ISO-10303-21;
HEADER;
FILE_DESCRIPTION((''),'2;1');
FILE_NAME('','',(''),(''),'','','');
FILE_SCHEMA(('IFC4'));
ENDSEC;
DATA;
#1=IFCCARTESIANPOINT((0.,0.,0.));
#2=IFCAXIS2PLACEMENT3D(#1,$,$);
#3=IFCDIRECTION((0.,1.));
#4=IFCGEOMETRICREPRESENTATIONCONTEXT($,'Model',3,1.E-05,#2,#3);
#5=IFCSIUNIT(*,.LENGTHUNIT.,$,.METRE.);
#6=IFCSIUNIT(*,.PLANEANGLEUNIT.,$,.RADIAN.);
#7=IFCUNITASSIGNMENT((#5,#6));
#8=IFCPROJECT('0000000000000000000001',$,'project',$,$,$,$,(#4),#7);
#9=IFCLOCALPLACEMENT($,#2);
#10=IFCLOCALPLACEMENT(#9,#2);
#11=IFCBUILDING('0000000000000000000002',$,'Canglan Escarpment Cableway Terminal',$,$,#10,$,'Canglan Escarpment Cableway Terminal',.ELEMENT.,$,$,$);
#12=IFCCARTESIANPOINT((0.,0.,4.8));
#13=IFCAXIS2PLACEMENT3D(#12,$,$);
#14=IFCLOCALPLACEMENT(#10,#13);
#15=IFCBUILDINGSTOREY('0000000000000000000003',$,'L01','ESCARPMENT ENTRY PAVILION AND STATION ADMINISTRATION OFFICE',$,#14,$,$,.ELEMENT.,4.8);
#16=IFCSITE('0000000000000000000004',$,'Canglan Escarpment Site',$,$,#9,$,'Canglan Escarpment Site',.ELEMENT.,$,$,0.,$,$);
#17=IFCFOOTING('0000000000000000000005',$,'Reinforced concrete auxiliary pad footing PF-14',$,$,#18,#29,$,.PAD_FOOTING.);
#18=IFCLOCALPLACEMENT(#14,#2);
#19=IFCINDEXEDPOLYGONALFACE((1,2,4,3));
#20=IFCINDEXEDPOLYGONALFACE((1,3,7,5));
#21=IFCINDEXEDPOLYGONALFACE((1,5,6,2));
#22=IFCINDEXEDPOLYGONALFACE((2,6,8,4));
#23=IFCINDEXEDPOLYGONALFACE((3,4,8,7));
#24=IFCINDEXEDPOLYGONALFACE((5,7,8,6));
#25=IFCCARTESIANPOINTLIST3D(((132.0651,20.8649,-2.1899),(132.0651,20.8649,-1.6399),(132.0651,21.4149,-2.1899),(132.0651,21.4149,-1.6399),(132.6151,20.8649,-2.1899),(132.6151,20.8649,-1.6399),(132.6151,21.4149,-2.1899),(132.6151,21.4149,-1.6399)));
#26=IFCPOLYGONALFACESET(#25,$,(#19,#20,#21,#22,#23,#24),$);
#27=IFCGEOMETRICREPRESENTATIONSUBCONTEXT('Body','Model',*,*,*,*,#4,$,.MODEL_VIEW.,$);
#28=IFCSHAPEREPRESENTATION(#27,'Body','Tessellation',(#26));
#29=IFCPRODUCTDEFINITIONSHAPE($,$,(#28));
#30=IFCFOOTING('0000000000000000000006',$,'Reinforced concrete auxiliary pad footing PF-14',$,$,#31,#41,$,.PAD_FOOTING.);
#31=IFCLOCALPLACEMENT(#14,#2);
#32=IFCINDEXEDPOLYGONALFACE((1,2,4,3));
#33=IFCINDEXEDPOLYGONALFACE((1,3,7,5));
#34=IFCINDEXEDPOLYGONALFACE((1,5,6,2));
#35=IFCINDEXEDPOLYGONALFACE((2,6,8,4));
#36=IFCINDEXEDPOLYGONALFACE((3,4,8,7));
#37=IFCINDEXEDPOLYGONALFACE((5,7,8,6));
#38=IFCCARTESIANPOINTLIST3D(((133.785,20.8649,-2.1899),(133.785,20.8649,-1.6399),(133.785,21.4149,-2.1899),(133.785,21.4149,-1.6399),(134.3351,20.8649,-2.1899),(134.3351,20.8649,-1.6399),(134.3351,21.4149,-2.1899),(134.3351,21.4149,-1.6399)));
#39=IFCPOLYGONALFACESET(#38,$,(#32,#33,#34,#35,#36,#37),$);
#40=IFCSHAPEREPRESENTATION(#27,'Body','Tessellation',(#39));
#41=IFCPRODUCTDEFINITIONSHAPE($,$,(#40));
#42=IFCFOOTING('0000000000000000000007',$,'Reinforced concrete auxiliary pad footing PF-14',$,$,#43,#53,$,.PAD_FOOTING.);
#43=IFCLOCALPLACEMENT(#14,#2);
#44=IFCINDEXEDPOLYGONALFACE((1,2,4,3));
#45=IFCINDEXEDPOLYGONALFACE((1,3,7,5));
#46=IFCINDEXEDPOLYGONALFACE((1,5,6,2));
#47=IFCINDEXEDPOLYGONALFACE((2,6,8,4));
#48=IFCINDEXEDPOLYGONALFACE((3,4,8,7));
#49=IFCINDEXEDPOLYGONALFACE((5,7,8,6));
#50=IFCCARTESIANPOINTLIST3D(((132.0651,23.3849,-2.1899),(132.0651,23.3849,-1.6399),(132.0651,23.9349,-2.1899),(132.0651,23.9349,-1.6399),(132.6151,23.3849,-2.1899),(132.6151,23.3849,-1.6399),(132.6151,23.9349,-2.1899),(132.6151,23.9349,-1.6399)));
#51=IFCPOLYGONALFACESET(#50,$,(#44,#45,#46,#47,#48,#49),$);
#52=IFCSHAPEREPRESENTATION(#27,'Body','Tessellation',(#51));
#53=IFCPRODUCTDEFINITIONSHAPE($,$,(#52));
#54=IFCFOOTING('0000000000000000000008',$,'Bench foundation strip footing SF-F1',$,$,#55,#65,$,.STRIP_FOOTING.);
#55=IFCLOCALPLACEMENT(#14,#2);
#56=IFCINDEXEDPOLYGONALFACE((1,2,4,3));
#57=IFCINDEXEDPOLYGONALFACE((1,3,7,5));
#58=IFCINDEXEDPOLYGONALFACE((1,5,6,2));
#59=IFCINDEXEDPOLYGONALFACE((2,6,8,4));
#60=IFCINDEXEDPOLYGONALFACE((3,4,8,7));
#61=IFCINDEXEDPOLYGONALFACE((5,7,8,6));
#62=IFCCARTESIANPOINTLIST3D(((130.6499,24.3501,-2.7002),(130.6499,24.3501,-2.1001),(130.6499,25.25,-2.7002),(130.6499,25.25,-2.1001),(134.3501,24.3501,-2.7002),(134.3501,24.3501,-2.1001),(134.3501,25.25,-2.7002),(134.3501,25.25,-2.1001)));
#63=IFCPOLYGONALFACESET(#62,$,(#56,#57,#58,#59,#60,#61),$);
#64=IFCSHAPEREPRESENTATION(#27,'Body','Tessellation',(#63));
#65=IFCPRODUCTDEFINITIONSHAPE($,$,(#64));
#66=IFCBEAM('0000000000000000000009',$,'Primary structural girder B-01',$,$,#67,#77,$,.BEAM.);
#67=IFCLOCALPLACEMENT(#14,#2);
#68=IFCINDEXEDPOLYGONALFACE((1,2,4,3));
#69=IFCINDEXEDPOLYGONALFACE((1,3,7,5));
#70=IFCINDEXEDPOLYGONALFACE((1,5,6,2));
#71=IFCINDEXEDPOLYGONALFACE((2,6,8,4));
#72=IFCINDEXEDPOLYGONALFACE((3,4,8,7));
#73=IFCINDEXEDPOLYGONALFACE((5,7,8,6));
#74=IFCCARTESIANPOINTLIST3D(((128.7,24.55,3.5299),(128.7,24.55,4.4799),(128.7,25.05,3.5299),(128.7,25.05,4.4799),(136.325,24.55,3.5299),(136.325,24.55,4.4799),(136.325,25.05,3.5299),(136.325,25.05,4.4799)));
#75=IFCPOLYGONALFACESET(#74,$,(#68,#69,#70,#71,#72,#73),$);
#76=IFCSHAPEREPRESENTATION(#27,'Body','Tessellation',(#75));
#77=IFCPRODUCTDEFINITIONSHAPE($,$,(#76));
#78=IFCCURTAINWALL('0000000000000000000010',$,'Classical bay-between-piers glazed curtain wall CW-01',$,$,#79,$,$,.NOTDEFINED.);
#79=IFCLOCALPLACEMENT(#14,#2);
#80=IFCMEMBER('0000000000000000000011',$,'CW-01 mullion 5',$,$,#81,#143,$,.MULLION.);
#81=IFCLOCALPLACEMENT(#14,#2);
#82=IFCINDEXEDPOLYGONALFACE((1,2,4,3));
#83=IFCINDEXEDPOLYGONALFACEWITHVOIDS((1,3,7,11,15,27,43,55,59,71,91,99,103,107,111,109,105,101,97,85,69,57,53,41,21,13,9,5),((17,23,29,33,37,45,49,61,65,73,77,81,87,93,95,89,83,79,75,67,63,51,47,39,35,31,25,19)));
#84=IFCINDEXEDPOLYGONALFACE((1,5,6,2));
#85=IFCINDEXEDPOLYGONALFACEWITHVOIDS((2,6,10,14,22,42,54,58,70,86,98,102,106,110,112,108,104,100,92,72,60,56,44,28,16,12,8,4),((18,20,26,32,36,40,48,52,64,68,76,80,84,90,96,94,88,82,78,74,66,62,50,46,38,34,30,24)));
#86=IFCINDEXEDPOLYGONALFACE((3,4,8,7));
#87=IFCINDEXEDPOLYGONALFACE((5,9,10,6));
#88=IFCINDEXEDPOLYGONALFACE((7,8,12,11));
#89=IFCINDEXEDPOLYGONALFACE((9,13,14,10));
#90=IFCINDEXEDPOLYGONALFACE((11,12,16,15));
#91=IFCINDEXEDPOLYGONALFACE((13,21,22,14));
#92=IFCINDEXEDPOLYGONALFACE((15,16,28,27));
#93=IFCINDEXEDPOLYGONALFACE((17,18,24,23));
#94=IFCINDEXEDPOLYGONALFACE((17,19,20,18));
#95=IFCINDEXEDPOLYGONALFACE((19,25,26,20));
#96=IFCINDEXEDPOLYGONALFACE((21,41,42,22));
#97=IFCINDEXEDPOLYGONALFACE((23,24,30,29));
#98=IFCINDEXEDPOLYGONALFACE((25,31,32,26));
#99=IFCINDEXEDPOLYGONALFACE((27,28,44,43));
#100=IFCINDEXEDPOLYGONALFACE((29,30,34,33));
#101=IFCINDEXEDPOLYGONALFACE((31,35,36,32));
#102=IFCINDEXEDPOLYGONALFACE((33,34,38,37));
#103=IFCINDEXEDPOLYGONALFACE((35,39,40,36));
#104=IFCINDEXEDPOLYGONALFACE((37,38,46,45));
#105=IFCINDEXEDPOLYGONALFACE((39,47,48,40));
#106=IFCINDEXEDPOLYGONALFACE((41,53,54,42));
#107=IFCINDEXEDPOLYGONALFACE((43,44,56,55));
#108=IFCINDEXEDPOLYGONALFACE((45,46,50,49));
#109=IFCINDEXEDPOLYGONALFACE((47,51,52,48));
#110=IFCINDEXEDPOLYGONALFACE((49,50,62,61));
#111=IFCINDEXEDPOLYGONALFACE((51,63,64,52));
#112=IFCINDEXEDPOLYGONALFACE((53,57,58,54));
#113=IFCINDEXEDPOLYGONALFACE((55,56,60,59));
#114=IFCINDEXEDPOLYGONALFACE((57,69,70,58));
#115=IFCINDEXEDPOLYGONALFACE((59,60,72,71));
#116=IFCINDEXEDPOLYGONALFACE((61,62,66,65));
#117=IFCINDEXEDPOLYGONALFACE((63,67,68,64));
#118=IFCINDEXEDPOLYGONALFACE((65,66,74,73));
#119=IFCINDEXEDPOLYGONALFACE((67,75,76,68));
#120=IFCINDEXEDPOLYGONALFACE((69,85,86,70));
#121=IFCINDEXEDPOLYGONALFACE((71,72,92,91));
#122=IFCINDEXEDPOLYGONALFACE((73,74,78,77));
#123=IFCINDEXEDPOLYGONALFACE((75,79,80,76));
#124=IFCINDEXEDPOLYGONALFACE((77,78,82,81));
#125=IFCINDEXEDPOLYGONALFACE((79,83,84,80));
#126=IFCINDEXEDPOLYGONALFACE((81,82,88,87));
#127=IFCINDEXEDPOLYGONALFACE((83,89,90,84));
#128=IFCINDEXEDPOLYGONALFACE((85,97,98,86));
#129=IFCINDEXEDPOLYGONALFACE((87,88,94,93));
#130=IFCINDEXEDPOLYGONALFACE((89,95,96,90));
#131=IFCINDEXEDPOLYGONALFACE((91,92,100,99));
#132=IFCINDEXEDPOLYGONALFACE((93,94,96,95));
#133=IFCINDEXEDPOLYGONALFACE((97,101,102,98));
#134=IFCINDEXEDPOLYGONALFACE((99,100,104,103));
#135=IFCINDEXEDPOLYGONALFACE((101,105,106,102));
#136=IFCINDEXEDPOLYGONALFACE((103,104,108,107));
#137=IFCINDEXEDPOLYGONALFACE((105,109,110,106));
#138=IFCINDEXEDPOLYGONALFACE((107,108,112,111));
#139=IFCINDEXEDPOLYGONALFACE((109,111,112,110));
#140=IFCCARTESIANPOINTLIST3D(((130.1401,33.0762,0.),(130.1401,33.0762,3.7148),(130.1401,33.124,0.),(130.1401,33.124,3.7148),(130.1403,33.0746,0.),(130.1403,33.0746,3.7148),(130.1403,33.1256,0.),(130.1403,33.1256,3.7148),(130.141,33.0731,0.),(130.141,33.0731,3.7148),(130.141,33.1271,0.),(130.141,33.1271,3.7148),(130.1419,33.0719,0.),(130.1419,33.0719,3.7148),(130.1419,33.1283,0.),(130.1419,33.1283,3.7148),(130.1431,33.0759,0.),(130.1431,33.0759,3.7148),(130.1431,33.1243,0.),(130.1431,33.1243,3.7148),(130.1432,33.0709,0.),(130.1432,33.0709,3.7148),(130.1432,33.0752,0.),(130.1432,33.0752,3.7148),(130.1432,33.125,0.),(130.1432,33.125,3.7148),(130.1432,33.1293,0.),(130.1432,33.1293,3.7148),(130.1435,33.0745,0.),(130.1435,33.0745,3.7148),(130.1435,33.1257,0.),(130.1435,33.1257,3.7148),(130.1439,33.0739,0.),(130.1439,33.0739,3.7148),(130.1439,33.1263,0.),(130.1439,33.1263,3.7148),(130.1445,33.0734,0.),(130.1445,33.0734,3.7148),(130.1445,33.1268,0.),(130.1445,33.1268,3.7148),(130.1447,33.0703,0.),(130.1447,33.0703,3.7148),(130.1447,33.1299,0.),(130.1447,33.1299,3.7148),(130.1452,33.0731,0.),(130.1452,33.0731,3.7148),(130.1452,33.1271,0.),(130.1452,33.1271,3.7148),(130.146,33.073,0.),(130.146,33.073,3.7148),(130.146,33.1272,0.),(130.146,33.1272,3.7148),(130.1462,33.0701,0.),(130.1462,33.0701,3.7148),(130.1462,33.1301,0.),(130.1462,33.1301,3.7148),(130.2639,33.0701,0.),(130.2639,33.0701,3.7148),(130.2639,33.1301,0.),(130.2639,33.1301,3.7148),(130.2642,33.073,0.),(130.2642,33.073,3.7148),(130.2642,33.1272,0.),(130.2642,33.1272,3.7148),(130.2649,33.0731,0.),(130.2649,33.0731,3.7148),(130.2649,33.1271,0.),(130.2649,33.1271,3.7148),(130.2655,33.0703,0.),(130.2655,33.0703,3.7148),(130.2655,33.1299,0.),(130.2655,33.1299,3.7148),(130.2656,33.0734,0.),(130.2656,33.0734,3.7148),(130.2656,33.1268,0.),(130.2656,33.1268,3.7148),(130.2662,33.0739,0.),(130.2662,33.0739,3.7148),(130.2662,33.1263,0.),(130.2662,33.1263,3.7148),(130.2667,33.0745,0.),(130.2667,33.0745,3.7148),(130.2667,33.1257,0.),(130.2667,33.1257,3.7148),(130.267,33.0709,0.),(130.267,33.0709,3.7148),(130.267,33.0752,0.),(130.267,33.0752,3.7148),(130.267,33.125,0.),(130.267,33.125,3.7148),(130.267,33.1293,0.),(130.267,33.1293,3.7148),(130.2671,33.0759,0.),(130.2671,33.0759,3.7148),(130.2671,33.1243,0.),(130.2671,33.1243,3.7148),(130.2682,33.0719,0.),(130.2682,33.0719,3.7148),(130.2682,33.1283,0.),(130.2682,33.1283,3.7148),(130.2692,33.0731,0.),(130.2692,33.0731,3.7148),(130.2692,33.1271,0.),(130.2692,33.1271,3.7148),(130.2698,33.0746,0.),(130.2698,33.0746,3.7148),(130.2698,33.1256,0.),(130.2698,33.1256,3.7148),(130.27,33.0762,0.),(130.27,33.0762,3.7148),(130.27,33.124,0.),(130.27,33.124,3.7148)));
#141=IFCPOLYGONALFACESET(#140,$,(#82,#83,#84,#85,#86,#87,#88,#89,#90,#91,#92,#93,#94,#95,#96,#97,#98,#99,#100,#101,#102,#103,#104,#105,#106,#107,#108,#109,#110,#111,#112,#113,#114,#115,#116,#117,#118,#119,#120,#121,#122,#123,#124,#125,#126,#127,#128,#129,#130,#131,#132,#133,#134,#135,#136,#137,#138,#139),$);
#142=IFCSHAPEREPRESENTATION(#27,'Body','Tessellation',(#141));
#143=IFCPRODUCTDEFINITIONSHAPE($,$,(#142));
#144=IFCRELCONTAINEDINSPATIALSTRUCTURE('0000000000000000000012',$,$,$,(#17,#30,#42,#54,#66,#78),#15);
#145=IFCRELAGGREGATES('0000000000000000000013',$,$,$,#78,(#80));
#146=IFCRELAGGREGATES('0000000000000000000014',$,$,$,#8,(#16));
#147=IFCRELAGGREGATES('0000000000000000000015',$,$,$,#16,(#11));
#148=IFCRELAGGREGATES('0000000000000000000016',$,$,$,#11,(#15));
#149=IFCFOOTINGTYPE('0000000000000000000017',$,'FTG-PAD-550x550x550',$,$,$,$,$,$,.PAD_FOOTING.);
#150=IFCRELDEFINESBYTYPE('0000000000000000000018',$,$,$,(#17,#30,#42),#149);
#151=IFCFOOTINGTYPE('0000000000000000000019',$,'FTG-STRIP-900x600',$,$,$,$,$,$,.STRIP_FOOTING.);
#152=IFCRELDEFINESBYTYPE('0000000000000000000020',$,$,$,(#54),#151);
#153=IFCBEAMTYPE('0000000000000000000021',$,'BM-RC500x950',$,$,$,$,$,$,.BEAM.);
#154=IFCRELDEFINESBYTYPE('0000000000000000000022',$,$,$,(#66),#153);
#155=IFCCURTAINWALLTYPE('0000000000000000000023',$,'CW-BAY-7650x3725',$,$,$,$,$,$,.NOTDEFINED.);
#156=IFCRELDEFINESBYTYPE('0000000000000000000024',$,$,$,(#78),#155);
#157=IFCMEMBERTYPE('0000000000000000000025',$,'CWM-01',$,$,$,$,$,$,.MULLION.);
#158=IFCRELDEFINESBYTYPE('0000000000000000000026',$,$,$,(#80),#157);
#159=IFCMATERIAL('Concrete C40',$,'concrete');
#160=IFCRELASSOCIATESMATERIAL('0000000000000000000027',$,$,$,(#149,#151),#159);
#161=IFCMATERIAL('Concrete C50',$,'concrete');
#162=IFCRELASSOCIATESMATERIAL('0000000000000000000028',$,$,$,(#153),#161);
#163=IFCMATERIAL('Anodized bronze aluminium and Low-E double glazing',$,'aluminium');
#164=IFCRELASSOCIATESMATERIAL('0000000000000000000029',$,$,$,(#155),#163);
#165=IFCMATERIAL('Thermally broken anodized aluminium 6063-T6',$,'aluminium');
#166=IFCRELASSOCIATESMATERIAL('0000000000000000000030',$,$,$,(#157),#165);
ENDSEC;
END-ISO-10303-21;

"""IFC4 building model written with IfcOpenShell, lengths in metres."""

from ifc_helpers import new_model, si_unit, direction, frame, origin, origin_2d, place, context, subcontext, project, spatial, rectangle, hollow_rectangle, extrude, material, material_profile, profile_set, type_object, element, aggregate, save


model = new_model("IFC4")

# Units and contexts
model_context = context("Model", 3, precision=1e-05, world=origin(), true_north=direction((0.0, 1.0)))
body_context = subcontext(model_context, "Body", "Model", "MODEL_VIEW")
ifc_project = project(units=[si_unit("LENGTHUNIT", "METRE"), si_unit("PLANEANGLEUNIT", "RADIAN")], contexts=[model_context])

# Site, building, storey
site_placement = place(None, origin())
site = spatial("IfcSite", under=ifc_project, at=site_placement, Name="Canglan Escarpment Site", LongName="Canglan Escarpment Site", CompositionType="ELEMENT", RefElevation=0.0)
building_placement = place(site_placement, origin())
building = spatial("IfcBuilding", under=site, at=building_placement, Name="Canglan Escarpment Cableway Terminal", LongName="Canglan Escarpment Cableway Terminal", CompositionType="ELEMENT")
storey_placement = place(building_placement, frame((0.0, 0.0, 4.8)))
storey = spatial("IfcBuildingStorey", under=building, at=storey_placement, Name="L01", Description="ESCARPMENT ENTRY PAVILION AND STATION ADMINISTRATION OFFICE", CompositionType="ELEMENT", Elevation=4.8)

# Footings
ifc_material_1 = material(Name="Concrete C40", Category="concrete")
footing_type_1 = type_object("IfcFootingType", Name="FTG-PAD-550x550x550", PredefinedType="PAD_FOOTING", material=ifc_material_1)
for number, where, z_axis, x_axis, name in (
    (1, (132.3401, 21.1399, -2.1899), (0.0, 0.0, 1.0), (1.0, 0.0, 0.0), "Reinforced concrete auxiliary pad footing PF-14"),
    (2, (134.0601, 21.1399, -2.1899), (0.0, 0.0, 1.0), (1.0, 0.0, 0.0), "Reinforced concrete auxiliary pad footing PF-14"),
    (3, (132.3401, 23.6599, -2.1899), (0.0, 0.0, 1.0), (1.0, 0.0, 0.0), "Reinforced concrete auxiliary pad footing PF-14"),
):
    element("IfcFooting", number, at=place(storey_placement, frame(where, z_axis=z_axis, x_axis=x_axis)), inside=storey, type_object=footing_type_1, Name=name, PredefinedType="PAD_FOOTING", context=body_context, shape_type="SweptSolid", body=[
        extrude(rectangle(XDim=0.55, YDim=0.55, at=origin_2d()), origin(), (0.0, 0.0, 1.0), 0.55),
    ])
ifc_material_profile_1 = material_profile(ifc_material_1, rectangle(XDim=0.8999, YDim=0.6001, at=origin_2d()), Name="SF 900x600")
ifc_profile_set_1 = profile_set([ifc_material_profile_1], Name="Concrete C40")
footing_type_2 = type_object("IfcFootingType", Name="FTG-STRIP-900x600", PredefinedType="STRIP_FOOTING", material=ifc_profile_set_1)
footing_placement = place(storey_placement, frame((130.6499, 24.8, -2.4001), z_axis=(1.0, 0.0, 0.0), x_axis=(0.0, 1.0, 0.0)))
element("IfcFooting", 4, at=footing_placement, inside=storey, type_object=footing_type_2, Name="Bench foundation strip footing SF-F1", PredefinedType="STRIP_FOOTING", context=body_context, shape_type="SweptSolid", body=[
    extrude(rectangle(XDim=0.8999, YDim=0.6001, at=origin_2d()), origin(), (0.0, 0.0, 1.0), 3.7002),
])

# Beam
ifc_material_2 = material(Name="Concrete C50", Category="concrete")
ifc_material_profile_2 = material_profile(ifc_material_2, rectangle(XDim=0.5, YDim=0.95, at=origin_2d()), Name="RC 500x950")
ifc_profile_set_2 = profile_set([ifc_material_profile_2], Name="Concrete C50")
beam_type = type_object("IfcBeamType", Name="BM-RC500x950", PredefinedType="BEAM", material=ifc_profile_set_2)
beam_placement = place(storey_placement, frame((128.7, 24.8, 4.0049), z_axis=(1.0, 0.0, 0.0), x_axis=(0.0, 1.0, 0.0)))
element("IfcBeam", 5, at=beam_placement, inside=storey, type_object=beam_type, Name="Primary structural girder B-01", PredefinedType="BEAM", context=body_context, shape_type="SweptSolid", body=[
    extrude(rectangle(XDim=0.5, YDim=0.95, at=origin_2d()), origin(), (0.0, 0.0, 1.0), 7.625),
])

# Curtain wall, member
ifc_material_3 = material(Name="Anodized bronze aluminium and Low-E double glazing", Category="aluminium")
curtain_wall_type = type_object("IfcCurtainWallType", Name="CW-BAY-7650x3725", PredefinedType="NOTDEFINED", material=ifc_material_3)
curtain_wall_placement = place(storey_placement, origin())
curtain_wall = element("IfcCurtainWall", 6, at=curtain_wall_placement, inside=storey, type_object=curtain_wall_type, Name="Classical bay-between-piers glazed curtain wall CW-01", PredefinedType="NOTDEFINED")
ifc_material_4 = material(Name="Thermally broken anodized aluminium 6063-T6", Category="aluminium")
ifc_material_profile_3 = material_profile(ifc_material_4, hollow_rectangle(XDim=0.0601, YDim=0.1299, WallThickness=0.0029, InnerFilletRadius=0.0029, OuterFilletRadius=0.0061, at=origin_2d()), Name="ALU-MULL 60x130x3")
ifc_profile_set_3 = profile_set([ifc_material_profile_3], Name="Thermally broken anodized aluminium 6063-T6")
member_type_1 = type_object("IfcMemberType", Name="CWM-01", PredefinedType="MULLION", material=ifc_profile_set_3)
member_1_placement = place(storey_placement, frame((130.2051, 33.1001, 0.0), z_axis=(0.0, 0.0, 1.0), x_axis=(0.0, -1.0, 0.0)))
member_1 = element("IfcMember", 7, at=member_1_placement, type_object=member_type_1, Name="CW-01 mullion 5", PredefinedType="MULLION", context=body_context, shape_type="SweptSolid", body=[
    extrude(hollow_rectangle(XDim=0.0601, YDim=0.1299, WallThickness=0.0029, InnerFilletRadius=0.0029, OuterFilletRadius=0.0061, at=origin_2d()), origin(), (0.0, 0.0, 1.0), 3.7148),
])
aggregate(curtain_wall, [member_1])

save(model, "model.ifc")
